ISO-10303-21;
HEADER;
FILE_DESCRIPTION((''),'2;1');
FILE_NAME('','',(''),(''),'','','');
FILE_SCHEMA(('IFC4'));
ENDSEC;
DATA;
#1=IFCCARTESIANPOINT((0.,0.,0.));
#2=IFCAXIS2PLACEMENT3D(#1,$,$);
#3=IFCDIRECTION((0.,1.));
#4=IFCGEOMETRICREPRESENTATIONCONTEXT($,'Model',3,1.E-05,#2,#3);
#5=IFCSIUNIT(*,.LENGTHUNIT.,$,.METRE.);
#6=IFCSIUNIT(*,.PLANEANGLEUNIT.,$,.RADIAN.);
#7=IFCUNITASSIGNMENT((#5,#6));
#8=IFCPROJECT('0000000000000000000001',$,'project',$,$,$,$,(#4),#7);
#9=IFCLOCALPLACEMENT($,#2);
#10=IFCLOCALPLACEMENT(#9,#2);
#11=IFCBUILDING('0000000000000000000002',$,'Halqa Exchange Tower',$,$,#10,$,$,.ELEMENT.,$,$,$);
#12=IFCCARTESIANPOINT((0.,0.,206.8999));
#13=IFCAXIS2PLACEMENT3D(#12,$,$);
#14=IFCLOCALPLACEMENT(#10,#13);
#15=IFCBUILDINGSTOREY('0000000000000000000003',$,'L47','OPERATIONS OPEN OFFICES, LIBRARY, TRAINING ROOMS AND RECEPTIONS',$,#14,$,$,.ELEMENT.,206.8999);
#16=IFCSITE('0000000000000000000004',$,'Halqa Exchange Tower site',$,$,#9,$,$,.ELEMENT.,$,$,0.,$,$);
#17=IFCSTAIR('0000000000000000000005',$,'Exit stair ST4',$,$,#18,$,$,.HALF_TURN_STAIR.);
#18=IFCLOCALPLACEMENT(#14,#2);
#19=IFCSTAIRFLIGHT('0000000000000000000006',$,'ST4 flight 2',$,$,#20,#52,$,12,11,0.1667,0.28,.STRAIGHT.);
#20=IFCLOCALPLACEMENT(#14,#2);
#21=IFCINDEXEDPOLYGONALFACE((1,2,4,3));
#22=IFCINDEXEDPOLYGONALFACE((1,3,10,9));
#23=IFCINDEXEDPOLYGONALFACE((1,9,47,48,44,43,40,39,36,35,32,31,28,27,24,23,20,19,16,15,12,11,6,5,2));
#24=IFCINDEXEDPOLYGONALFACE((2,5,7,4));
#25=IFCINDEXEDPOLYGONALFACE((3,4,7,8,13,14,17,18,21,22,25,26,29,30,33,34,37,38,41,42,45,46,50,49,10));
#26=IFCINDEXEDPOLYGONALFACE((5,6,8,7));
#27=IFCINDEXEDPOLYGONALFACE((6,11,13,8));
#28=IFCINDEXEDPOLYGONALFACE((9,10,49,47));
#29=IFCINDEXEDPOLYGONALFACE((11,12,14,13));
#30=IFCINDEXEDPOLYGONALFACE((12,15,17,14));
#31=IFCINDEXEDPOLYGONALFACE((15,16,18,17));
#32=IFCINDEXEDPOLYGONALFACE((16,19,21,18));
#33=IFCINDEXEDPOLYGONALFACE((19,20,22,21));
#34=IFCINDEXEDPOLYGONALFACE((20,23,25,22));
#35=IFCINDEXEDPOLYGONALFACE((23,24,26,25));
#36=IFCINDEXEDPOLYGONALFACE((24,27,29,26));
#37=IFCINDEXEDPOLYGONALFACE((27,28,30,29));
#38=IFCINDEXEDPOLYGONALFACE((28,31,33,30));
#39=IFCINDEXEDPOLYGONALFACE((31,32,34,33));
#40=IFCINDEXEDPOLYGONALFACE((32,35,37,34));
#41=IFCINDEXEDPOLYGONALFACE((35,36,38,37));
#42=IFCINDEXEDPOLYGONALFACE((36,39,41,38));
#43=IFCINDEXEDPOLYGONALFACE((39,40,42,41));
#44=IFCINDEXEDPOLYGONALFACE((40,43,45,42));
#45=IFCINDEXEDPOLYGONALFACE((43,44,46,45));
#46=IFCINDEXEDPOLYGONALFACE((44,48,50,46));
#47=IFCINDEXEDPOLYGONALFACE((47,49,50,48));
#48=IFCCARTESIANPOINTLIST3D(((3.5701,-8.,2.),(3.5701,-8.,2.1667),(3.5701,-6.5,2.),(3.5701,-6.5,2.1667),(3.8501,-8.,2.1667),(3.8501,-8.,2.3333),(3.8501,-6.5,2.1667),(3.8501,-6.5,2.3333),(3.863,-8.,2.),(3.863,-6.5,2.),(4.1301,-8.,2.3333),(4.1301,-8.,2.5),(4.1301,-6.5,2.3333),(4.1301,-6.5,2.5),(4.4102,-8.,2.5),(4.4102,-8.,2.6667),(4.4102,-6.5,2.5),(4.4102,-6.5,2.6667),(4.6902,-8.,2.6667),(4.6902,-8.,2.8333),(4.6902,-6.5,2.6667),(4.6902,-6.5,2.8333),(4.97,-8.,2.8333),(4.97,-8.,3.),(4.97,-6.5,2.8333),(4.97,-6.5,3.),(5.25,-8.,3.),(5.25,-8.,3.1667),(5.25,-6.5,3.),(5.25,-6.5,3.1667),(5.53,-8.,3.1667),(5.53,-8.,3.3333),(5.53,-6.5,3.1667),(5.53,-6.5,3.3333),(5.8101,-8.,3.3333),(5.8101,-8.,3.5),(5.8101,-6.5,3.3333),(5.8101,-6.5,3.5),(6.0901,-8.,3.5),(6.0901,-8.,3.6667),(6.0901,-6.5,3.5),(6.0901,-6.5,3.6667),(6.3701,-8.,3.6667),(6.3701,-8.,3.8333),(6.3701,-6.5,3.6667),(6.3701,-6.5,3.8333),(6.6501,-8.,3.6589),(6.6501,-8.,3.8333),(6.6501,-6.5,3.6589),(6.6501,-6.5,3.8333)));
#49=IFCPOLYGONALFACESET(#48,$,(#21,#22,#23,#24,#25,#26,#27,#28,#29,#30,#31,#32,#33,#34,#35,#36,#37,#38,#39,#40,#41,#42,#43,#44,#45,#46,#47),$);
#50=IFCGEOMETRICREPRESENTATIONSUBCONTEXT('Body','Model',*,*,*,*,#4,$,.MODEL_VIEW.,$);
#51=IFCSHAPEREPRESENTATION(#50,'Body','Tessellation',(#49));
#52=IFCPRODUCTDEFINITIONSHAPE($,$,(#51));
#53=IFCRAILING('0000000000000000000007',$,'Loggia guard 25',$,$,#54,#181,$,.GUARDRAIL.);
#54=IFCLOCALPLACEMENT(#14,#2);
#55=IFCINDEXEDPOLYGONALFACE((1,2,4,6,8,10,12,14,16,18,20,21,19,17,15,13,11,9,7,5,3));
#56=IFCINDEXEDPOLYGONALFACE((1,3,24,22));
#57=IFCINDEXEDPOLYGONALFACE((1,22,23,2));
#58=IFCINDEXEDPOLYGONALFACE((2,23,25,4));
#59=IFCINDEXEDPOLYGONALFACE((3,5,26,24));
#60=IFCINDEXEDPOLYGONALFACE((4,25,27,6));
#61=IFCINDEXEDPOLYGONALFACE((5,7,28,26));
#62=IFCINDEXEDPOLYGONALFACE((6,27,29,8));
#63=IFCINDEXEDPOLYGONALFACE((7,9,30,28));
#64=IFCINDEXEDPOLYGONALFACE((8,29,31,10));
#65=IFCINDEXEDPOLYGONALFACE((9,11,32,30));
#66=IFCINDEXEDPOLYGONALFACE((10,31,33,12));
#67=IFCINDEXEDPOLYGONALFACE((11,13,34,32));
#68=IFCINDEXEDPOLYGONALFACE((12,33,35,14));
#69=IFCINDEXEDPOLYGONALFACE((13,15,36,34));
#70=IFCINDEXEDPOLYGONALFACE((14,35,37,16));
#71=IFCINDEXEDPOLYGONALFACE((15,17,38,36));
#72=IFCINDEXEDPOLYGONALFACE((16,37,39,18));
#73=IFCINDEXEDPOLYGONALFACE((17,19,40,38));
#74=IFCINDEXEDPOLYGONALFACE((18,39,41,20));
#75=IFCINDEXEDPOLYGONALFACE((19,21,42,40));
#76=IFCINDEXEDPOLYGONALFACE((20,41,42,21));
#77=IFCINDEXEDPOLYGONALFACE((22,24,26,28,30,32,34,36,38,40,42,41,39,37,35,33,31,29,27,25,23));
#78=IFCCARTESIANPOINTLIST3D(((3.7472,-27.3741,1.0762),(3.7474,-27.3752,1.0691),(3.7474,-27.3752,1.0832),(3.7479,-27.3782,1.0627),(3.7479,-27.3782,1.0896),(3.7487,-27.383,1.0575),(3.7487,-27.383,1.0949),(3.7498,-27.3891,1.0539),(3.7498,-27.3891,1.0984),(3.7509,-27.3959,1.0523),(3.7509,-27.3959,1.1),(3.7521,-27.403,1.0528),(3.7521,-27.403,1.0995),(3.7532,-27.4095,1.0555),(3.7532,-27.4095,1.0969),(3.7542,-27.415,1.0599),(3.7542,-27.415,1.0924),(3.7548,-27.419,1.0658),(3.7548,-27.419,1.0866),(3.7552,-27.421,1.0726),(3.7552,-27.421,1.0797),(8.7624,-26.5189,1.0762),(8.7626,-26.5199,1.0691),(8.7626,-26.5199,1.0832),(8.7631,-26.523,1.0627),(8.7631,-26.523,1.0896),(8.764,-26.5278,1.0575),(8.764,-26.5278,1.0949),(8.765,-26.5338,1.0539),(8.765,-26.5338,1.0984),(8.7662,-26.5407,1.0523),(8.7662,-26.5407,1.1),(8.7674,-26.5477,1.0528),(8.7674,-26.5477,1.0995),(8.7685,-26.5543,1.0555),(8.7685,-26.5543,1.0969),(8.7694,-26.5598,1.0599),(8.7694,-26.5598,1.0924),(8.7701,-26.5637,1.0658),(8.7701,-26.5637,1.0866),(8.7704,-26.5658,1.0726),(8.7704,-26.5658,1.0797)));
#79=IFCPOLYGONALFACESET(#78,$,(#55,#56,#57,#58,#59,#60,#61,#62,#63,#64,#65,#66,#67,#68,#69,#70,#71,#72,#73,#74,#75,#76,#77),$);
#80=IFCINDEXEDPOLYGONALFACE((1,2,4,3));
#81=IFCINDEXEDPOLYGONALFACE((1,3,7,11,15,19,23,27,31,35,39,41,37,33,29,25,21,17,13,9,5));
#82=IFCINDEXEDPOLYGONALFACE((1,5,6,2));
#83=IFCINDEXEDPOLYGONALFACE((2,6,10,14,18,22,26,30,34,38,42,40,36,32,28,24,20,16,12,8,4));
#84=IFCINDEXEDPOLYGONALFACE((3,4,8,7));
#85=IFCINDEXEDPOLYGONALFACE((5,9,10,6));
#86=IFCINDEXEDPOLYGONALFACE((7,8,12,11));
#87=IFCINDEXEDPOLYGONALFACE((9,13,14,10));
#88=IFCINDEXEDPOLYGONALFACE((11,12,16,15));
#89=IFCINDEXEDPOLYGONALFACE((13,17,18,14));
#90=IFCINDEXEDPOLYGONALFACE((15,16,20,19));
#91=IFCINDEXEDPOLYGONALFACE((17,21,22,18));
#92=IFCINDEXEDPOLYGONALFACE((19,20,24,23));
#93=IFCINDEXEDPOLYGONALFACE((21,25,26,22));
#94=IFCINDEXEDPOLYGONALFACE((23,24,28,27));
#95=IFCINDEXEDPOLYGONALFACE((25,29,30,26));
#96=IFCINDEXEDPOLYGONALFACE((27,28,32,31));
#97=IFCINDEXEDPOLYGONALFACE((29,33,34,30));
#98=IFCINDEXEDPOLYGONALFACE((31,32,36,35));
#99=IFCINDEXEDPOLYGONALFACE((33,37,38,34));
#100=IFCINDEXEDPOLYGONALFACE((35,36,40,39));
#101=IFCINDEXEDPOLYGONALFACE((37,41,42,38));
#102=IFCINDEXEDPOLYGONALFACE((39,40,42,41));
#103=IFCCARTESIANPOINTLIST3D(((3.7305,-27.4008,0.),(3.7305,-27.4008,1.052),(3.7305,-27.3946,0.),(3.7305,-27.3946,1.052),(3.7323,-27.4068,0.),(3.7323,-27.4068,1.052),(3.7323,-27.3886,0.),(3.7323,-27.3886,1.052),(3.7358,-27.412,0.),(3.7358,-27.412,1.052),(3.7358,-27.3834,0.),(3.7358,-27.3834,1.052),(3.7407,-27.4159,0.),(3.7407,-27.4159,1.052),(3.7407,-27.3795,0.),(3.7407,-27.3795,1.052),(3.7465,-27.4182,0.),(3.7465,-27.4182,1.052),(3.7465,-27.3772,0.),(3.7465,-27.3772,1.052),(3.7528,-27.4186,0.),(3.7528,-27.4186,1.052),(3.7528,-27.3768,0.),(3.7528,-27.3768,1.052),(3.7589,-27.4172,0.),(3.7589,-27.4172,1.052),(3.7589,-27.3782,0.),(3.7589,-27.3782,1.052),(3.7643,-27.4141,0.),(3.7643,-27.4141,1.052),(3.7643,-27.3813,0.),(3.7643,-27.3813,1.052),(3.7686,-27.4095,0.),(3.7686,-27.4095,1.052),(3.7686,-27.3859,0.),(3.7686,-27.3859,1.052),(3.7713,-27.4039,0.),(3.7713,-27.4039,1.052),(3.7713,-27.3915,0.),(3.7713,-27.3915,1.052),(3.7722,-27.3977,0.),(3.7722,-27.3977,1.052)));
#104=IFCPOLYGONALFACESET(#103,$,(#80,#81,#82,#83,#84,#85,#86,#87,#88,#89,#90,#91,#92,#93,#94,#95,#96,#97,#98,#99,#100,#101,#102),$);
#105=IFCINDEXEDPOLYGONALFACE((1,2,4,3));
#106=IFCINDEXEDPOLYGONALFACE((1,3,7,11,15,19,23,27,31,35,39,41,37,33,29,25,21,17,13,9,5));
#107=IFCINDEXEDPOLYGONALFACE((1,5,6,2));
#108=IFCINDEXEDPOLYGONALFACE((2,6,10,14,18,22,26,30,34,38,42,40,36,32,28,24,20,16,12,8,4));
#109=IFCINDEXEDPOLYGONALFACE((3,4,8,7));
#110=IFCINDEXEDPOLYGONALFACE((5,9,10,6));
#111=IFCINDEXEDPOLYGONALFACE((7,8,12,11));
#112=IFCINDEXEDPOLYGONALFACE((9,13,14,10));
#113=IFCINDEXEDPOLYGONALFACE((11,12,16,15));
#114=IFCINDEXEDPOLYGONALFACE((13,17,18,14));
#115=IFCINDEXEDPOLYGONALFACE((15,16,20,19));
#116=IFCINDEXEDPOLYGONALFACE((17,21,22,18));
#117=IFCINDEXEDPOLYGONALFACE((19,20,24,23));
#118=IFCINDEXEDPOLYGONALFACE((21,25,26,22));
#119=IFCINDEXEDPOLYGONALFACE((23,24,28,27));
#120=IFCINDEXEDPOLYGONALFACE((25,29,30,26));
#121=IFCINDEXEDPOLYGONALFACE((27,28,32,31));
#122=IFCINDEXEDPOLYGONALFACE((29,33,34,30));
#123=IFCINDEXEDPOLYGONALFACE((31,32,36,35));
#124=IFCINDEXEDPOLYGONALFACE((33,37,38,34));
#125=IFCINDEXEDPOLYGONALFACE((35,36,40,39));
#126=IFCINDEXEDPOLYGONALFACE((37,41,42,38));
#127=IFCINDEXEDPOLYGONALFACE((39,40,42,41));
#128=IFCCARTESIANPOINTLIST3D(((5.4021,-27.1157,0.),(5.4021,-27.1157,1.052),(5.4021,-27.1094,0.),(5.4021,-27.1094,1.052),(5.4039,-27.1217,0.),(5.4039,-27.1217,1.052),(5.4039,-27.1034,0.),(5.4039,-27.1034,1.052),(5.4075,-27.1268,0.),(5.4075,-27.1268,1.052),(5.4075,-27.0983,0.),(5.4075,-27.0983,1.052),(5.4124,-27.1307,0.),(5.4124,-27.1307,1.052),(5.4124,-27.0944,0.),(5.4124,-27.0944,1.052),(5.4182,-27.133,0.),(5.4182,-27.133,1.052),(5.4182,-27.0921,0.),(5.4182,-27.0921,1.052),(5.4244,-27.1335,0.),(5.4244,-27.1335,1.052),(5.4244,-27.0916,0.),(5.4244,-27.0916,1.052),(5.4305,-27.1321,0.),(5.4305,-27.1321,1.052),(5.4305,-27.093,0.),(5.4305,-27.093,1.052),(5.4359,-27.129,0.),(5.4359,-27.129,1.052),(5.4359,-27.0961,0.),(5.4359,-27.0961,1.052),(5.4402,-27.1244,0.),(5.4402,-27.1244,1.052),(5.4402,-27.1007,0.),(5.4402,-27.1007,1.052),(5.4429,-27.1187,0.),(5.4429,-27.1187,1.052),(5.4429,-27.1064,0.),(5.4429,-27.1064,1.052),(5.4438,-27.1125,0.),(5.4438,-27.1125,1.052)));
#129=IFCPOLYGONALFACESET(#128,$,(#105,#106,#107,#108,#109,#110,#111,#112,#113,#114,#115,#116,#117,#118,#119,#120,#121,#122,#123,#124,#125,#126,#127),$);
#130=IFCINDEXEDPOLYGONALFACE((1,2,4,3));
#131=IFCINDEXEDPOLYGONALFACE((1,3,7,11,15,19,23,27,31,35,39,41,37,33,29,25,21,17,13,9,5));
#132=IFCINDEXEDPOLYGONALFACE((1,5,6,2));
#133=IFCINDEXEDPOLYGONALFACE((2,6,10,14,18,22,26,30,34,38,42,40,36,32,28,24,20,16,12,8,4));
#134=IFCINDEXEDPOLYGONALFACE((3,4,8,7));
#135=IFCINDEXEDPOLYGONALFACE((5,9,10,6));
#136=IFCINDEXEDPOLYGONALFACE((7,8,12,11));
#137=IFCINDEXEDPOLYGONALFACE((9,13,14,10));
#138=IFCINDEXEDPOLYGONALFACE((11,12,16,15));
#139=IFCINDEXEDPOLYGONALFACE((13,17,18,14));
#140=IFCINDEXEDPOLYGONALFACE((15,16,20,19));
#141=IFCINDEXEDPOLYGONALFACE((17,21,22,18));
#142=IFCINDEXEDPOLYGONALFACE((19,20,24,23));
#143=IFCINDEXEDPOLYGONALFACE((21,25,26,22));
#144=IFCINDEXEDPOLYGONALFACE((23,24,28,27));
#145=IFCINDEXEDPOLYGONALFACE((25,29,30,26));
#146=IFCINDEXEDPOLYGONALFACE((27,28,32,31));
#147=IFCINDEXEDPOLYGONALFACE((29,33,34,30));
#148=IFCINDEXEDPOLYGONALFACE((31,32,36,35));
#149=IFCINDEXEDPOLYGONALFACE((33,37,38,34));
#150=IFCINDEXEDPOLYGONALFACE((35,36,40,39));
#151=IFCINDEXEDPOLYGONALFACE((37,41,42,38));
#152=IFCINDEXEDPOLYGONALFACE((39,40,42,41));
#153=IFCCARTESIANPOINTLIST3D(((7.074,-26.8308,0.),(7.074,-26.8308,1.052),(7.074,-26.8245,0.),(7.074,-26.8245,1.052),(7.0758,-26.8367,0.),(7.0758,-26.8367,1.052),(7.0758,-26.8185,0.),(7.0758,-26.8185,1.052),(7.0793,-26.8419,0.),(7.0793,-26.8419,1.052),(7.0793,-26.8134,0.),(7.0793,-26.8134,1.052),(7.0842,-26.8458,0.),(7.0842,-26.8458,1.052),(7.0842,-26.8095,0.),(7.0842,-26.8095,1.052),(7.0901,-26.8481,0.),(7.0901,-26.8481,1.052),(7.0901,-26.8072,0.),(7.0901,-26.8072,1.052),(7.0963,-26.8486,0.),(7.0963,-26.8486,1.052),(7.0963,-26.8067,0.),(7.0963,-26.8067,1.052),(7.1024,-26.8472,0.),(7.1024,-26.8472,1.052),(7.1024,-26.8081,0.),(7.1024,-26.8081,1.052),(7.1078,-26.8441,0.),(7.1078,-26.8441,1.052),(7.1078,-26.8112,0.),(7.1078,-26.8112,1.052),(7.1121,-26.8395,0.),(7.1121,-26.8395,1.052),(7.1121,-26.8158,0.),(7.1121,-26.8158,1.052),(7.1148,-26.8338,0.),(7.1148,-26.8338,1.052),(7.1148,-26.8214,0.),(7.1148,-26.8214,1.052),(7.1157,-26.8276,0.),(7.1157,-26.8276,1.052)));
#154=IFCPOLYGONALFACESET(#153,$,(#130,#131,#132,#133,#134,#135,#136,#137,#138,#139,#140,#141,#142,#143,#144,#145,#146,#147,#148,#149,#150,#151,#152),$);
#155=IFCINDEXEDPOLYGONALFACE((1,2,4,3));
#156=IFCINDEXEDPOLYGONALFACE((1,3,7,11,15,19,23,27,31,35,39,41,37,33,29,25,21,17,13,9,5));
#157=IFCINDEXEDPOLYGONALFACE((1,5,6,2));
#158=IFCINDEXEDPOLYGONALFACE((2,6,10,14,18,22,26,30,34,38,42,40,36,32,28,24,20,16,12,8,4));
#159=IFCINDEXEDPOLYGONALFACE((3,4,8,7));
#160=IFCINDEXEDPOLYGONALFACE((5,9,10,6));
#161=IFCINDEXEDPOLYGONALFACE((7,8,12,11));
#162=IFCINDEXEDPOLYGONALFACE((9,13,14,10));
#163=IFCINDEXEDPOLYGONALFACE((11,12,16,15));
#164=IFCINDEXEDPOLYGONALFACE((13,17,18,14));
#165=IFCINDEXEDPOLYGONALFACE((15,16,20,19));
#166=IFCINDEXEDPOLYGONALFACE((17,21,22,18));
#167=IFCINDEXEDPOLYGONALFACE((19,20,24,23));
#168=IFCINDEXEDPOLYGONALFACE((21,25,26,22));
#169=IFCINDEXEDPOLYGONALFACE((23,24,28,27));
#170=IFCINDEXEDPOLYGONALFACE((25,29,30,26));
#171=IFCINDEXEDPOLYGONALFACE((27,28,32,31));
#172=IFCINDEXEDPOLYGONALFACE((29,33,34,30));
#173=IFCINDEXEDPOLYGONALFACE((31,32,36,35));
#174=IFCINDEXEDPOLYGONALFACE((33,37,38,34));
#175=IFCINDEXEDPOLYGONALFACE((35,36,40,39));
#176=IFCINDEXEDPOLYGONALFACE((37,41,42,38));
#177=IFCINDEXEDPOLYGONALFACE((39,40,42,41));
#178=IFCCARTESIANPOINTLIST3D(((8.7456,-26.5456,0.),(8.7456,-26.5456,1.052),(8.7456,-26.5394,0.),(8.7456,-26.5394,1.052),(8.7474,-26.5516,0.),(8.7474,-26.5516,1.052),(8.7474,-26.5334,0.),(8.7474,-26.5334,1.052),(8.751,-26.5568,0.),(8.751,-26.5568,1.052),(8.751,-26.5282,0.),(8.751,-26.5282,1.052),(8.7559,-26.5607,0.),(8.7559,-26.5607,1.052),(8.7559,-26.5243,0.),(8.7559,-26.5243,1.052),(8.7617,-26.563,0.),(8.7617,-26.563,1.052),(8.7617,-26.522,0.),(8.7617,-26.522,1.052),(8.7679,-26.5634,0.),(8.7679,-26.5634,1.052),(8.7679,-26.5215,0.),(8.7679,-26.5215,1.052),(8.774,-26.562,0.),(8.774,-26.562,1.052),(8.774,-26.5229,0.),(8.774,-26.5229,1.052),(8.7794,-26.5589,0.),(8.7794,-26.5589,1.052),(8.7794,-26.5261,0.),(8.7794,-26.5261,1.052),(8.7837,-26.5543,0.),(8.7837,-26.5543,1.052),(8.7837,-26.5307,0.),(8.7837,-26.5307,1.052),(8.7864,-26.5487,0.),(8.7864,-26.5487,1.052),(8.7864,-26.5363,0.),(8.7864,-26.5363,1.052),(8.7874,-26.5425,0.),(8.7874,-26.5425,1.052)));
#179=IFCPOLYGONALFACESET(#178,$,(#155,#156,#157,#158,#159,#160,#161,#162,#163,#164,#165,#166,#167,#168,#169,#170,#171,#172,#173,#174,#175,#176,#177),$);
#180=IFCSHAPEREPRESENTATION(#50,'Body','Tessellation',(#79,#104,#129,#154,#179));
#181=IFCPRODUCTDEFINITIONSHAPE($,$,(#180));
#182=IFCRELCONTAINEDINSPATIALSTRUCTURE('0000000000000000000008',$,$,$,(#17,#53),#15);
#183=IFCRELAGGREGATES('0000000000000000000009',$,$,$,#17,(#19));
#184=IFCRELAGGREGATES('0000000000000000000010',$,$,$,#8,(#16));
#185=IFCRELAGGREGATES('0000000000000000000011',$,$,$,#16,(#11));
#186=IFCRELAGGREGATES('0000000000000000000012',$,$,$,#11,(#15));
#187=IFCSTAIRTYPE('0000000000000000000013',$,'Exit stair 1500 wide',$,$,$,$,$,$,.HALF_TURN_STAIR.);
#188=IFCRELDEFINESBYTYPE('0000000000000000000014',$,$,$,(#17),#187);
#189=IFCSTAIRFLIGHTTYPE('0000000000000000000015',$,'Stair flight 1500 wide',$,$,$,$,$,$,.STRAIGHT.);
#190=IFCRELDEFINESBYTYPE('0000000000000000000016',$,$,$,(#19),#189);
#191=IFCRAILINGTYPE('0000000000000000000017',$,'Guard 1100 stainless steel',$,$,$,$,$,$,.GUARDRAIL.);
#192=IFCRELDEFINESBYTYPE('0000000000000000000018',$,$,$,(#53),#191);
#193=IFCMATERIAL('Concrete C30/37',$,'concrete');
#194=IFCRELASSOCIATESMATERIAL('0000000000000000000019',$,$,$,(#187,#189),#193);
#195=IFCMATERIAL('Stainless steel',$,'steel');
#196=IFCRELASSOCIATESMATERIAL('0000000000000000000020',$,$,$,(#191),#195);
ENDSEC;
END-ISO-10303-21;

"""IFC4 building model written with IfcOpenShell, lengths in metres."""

from ifc_helpers import new_model, si_unit, direction, frame, origin, origin_2d, place, context, subcontext, project, spatial, polyline, circle, outline, extrude, material, type_object, element, aggregate, save


model = new_model("IFC4")

# Units and contexts
model_context = context("Model", 3, precision=1e-05, world=origin(), true_north=direction((0.0, 1.0)))
body_context = subcontext(model_context, "Body", "Model", "MODEL_VIEW")
ifc_project = project(units=[si_unit("LENGTHUNIT", "METRE"), si_unit("PLANEANGLEUNIT", "RADIAN")], contexts=[model_context])

# Site, building, storey
site_placement = place(None, origin())
site = spatial("IfcSite", under=ifc_project, at=site_placement, Name="Halqa Exchange Tower site", CompositionType="ELEMENT", RefElevation=0.0)
building_placement = place(site_placement, origin())
building = spatial("IfcBuilding", under=site, at=building_placement, Name="Halqa Exchange Tower", CompositionType="ELEMENT")
storey_placement = place(building_placement, frame((0.0, 0.0, 206.8999)))
storey = spatial("IfcBuildingStorey", under=building, at=storey_placement, Name="L47", Description="OPERATIONS OPEN OFFICES, LIBRARY, TRAINING ROOMS AND RECEPTIONS", CompositionType="ELEMENT", Elevation=206.8999)

# Shared definitions
ifc_material_1 = material(Name="Concrete C30/37", Category="concrete")

# Stair, stair flight
stair_type = type_object("IfcStairType", Name="Exit stair 1500 wide", PredefinedType="HALF_TURN_STAIR", material=ifc_material_1)
stair_placement = place(storey_placement, origin())
stair = element("IfcStair", 1, at=stair_placement, inside=storey, type_object=stair_type, Name="Exit stair ST4", PredefinedType="HALF_TURN_STAIR")
stair_flight_type = type_object("IfcStairFlightType", Name="Stair flight 1500 wide", PredefinedType="STRAIGHT", material=ifc_material_1)
stair_flight_1_placement = place(storey_placement, frame((3.5701, -7.25, 2.0), z_axis=(0.0, 0.0, 1.0), x_axis=(1.0, 0.0, 0.0)))
stair_flight_1 = element("IfcStairFlight", 2, at=stair_flight_1_placement, type_object=stair_flight_type, Name="ST4 flight 2", NumberOfRisers=12, NumberOfTreads=11, PredefinedType="STRAIGHT", RiserHeight=0.1667, TreadLength=0.28, context=body_context, shape_type="SweptSolid", body=[
    extrude(outline(polyline([(0.0, 0.0), (0.0, 0.1667), (0.28, 0.1667), (0.28, 0.3333), (0.5601, 0.3333), (0.5601, 0.5), (0.8401, 0.5), (0.8401, 0.6667), (1.1201, 0.6667), (1.1201, 0.8333), (1.3999, 0.8333), (1.3999, 1.0), (1.6799, 1.0), (1.6799, 1.1667), (1.96, 1.1667), (1.96, 1.3333), (2.24, 1.3333), (2.24, 1.5), (2.52, 1.5), (2.52, 1.6667), (2.8, 1.6667), (2.8, 1.8333), (3.0801, 1.8333), (3.0801, 2.0), (3.0801, 1.6589), (0.293, 0.0), (0.0, 0.0)])), frame((0.0, 0.75, 0.0), z_axis=(0.0, -1.0, 0.0), x_axis=(1.0, 0.0, 0.0)), (0.0, 0.0, 1.0), 1.5),
])
aggregate(stair, [stair_flight_1])

# Railing
ifc_material_2 = material(Name="Stainless steel", Category="steel")
railing_type_1 = type_object("IfcRailingType", Name="Guard 1100 stainless steel", PredefinedType="GUARDRAIL", material=ifc_material_2)
railing_1_placement = place(storey_placement, frame((3.7512, -27.3977, 0.0)))
element("IfcRailing", 3, at=railing_1_placement, inside=storey, type_object=railing_type_1, Name="Loggia guard 25", PredefinedType="GUARDRAIL", context=body_context, shape_type="SweptSolid", body=[
    extrude(circle(Radius=0.0239, at=origin_2d()), frame((0.0, 0.0, 1.0762), z_axis=(0.98577, 0.168102, 0.0), x_axis=(-0.168102, 0.98577, 0.0)), (0.0, 0.0, 1.0), 5.0876),
    extrude(circle(Radius=0.021, at=origin_2d()), origin(), (0.0, 0.0, 1.0), 1.052),
    extrude(circle(Radius=0.021, at=origin_2d()), frame((1.6716, 0.2852, 0.0)), (0.0, 0.0, 1.0), 1.052),
    extrude(circle(Radius=0.021, at=origin_2d()), frame((3.3435, 0.5701, 0.0)), (0.0, 0.0, 1.0), 1.052),
    extrude(circle(Radius=0.021, at=origin_2d()), frame((5.0151, 0.8552, 0.0)), (0.0, 0.0, 1.0), 1.052),
])

save(model, "model.ifc")
